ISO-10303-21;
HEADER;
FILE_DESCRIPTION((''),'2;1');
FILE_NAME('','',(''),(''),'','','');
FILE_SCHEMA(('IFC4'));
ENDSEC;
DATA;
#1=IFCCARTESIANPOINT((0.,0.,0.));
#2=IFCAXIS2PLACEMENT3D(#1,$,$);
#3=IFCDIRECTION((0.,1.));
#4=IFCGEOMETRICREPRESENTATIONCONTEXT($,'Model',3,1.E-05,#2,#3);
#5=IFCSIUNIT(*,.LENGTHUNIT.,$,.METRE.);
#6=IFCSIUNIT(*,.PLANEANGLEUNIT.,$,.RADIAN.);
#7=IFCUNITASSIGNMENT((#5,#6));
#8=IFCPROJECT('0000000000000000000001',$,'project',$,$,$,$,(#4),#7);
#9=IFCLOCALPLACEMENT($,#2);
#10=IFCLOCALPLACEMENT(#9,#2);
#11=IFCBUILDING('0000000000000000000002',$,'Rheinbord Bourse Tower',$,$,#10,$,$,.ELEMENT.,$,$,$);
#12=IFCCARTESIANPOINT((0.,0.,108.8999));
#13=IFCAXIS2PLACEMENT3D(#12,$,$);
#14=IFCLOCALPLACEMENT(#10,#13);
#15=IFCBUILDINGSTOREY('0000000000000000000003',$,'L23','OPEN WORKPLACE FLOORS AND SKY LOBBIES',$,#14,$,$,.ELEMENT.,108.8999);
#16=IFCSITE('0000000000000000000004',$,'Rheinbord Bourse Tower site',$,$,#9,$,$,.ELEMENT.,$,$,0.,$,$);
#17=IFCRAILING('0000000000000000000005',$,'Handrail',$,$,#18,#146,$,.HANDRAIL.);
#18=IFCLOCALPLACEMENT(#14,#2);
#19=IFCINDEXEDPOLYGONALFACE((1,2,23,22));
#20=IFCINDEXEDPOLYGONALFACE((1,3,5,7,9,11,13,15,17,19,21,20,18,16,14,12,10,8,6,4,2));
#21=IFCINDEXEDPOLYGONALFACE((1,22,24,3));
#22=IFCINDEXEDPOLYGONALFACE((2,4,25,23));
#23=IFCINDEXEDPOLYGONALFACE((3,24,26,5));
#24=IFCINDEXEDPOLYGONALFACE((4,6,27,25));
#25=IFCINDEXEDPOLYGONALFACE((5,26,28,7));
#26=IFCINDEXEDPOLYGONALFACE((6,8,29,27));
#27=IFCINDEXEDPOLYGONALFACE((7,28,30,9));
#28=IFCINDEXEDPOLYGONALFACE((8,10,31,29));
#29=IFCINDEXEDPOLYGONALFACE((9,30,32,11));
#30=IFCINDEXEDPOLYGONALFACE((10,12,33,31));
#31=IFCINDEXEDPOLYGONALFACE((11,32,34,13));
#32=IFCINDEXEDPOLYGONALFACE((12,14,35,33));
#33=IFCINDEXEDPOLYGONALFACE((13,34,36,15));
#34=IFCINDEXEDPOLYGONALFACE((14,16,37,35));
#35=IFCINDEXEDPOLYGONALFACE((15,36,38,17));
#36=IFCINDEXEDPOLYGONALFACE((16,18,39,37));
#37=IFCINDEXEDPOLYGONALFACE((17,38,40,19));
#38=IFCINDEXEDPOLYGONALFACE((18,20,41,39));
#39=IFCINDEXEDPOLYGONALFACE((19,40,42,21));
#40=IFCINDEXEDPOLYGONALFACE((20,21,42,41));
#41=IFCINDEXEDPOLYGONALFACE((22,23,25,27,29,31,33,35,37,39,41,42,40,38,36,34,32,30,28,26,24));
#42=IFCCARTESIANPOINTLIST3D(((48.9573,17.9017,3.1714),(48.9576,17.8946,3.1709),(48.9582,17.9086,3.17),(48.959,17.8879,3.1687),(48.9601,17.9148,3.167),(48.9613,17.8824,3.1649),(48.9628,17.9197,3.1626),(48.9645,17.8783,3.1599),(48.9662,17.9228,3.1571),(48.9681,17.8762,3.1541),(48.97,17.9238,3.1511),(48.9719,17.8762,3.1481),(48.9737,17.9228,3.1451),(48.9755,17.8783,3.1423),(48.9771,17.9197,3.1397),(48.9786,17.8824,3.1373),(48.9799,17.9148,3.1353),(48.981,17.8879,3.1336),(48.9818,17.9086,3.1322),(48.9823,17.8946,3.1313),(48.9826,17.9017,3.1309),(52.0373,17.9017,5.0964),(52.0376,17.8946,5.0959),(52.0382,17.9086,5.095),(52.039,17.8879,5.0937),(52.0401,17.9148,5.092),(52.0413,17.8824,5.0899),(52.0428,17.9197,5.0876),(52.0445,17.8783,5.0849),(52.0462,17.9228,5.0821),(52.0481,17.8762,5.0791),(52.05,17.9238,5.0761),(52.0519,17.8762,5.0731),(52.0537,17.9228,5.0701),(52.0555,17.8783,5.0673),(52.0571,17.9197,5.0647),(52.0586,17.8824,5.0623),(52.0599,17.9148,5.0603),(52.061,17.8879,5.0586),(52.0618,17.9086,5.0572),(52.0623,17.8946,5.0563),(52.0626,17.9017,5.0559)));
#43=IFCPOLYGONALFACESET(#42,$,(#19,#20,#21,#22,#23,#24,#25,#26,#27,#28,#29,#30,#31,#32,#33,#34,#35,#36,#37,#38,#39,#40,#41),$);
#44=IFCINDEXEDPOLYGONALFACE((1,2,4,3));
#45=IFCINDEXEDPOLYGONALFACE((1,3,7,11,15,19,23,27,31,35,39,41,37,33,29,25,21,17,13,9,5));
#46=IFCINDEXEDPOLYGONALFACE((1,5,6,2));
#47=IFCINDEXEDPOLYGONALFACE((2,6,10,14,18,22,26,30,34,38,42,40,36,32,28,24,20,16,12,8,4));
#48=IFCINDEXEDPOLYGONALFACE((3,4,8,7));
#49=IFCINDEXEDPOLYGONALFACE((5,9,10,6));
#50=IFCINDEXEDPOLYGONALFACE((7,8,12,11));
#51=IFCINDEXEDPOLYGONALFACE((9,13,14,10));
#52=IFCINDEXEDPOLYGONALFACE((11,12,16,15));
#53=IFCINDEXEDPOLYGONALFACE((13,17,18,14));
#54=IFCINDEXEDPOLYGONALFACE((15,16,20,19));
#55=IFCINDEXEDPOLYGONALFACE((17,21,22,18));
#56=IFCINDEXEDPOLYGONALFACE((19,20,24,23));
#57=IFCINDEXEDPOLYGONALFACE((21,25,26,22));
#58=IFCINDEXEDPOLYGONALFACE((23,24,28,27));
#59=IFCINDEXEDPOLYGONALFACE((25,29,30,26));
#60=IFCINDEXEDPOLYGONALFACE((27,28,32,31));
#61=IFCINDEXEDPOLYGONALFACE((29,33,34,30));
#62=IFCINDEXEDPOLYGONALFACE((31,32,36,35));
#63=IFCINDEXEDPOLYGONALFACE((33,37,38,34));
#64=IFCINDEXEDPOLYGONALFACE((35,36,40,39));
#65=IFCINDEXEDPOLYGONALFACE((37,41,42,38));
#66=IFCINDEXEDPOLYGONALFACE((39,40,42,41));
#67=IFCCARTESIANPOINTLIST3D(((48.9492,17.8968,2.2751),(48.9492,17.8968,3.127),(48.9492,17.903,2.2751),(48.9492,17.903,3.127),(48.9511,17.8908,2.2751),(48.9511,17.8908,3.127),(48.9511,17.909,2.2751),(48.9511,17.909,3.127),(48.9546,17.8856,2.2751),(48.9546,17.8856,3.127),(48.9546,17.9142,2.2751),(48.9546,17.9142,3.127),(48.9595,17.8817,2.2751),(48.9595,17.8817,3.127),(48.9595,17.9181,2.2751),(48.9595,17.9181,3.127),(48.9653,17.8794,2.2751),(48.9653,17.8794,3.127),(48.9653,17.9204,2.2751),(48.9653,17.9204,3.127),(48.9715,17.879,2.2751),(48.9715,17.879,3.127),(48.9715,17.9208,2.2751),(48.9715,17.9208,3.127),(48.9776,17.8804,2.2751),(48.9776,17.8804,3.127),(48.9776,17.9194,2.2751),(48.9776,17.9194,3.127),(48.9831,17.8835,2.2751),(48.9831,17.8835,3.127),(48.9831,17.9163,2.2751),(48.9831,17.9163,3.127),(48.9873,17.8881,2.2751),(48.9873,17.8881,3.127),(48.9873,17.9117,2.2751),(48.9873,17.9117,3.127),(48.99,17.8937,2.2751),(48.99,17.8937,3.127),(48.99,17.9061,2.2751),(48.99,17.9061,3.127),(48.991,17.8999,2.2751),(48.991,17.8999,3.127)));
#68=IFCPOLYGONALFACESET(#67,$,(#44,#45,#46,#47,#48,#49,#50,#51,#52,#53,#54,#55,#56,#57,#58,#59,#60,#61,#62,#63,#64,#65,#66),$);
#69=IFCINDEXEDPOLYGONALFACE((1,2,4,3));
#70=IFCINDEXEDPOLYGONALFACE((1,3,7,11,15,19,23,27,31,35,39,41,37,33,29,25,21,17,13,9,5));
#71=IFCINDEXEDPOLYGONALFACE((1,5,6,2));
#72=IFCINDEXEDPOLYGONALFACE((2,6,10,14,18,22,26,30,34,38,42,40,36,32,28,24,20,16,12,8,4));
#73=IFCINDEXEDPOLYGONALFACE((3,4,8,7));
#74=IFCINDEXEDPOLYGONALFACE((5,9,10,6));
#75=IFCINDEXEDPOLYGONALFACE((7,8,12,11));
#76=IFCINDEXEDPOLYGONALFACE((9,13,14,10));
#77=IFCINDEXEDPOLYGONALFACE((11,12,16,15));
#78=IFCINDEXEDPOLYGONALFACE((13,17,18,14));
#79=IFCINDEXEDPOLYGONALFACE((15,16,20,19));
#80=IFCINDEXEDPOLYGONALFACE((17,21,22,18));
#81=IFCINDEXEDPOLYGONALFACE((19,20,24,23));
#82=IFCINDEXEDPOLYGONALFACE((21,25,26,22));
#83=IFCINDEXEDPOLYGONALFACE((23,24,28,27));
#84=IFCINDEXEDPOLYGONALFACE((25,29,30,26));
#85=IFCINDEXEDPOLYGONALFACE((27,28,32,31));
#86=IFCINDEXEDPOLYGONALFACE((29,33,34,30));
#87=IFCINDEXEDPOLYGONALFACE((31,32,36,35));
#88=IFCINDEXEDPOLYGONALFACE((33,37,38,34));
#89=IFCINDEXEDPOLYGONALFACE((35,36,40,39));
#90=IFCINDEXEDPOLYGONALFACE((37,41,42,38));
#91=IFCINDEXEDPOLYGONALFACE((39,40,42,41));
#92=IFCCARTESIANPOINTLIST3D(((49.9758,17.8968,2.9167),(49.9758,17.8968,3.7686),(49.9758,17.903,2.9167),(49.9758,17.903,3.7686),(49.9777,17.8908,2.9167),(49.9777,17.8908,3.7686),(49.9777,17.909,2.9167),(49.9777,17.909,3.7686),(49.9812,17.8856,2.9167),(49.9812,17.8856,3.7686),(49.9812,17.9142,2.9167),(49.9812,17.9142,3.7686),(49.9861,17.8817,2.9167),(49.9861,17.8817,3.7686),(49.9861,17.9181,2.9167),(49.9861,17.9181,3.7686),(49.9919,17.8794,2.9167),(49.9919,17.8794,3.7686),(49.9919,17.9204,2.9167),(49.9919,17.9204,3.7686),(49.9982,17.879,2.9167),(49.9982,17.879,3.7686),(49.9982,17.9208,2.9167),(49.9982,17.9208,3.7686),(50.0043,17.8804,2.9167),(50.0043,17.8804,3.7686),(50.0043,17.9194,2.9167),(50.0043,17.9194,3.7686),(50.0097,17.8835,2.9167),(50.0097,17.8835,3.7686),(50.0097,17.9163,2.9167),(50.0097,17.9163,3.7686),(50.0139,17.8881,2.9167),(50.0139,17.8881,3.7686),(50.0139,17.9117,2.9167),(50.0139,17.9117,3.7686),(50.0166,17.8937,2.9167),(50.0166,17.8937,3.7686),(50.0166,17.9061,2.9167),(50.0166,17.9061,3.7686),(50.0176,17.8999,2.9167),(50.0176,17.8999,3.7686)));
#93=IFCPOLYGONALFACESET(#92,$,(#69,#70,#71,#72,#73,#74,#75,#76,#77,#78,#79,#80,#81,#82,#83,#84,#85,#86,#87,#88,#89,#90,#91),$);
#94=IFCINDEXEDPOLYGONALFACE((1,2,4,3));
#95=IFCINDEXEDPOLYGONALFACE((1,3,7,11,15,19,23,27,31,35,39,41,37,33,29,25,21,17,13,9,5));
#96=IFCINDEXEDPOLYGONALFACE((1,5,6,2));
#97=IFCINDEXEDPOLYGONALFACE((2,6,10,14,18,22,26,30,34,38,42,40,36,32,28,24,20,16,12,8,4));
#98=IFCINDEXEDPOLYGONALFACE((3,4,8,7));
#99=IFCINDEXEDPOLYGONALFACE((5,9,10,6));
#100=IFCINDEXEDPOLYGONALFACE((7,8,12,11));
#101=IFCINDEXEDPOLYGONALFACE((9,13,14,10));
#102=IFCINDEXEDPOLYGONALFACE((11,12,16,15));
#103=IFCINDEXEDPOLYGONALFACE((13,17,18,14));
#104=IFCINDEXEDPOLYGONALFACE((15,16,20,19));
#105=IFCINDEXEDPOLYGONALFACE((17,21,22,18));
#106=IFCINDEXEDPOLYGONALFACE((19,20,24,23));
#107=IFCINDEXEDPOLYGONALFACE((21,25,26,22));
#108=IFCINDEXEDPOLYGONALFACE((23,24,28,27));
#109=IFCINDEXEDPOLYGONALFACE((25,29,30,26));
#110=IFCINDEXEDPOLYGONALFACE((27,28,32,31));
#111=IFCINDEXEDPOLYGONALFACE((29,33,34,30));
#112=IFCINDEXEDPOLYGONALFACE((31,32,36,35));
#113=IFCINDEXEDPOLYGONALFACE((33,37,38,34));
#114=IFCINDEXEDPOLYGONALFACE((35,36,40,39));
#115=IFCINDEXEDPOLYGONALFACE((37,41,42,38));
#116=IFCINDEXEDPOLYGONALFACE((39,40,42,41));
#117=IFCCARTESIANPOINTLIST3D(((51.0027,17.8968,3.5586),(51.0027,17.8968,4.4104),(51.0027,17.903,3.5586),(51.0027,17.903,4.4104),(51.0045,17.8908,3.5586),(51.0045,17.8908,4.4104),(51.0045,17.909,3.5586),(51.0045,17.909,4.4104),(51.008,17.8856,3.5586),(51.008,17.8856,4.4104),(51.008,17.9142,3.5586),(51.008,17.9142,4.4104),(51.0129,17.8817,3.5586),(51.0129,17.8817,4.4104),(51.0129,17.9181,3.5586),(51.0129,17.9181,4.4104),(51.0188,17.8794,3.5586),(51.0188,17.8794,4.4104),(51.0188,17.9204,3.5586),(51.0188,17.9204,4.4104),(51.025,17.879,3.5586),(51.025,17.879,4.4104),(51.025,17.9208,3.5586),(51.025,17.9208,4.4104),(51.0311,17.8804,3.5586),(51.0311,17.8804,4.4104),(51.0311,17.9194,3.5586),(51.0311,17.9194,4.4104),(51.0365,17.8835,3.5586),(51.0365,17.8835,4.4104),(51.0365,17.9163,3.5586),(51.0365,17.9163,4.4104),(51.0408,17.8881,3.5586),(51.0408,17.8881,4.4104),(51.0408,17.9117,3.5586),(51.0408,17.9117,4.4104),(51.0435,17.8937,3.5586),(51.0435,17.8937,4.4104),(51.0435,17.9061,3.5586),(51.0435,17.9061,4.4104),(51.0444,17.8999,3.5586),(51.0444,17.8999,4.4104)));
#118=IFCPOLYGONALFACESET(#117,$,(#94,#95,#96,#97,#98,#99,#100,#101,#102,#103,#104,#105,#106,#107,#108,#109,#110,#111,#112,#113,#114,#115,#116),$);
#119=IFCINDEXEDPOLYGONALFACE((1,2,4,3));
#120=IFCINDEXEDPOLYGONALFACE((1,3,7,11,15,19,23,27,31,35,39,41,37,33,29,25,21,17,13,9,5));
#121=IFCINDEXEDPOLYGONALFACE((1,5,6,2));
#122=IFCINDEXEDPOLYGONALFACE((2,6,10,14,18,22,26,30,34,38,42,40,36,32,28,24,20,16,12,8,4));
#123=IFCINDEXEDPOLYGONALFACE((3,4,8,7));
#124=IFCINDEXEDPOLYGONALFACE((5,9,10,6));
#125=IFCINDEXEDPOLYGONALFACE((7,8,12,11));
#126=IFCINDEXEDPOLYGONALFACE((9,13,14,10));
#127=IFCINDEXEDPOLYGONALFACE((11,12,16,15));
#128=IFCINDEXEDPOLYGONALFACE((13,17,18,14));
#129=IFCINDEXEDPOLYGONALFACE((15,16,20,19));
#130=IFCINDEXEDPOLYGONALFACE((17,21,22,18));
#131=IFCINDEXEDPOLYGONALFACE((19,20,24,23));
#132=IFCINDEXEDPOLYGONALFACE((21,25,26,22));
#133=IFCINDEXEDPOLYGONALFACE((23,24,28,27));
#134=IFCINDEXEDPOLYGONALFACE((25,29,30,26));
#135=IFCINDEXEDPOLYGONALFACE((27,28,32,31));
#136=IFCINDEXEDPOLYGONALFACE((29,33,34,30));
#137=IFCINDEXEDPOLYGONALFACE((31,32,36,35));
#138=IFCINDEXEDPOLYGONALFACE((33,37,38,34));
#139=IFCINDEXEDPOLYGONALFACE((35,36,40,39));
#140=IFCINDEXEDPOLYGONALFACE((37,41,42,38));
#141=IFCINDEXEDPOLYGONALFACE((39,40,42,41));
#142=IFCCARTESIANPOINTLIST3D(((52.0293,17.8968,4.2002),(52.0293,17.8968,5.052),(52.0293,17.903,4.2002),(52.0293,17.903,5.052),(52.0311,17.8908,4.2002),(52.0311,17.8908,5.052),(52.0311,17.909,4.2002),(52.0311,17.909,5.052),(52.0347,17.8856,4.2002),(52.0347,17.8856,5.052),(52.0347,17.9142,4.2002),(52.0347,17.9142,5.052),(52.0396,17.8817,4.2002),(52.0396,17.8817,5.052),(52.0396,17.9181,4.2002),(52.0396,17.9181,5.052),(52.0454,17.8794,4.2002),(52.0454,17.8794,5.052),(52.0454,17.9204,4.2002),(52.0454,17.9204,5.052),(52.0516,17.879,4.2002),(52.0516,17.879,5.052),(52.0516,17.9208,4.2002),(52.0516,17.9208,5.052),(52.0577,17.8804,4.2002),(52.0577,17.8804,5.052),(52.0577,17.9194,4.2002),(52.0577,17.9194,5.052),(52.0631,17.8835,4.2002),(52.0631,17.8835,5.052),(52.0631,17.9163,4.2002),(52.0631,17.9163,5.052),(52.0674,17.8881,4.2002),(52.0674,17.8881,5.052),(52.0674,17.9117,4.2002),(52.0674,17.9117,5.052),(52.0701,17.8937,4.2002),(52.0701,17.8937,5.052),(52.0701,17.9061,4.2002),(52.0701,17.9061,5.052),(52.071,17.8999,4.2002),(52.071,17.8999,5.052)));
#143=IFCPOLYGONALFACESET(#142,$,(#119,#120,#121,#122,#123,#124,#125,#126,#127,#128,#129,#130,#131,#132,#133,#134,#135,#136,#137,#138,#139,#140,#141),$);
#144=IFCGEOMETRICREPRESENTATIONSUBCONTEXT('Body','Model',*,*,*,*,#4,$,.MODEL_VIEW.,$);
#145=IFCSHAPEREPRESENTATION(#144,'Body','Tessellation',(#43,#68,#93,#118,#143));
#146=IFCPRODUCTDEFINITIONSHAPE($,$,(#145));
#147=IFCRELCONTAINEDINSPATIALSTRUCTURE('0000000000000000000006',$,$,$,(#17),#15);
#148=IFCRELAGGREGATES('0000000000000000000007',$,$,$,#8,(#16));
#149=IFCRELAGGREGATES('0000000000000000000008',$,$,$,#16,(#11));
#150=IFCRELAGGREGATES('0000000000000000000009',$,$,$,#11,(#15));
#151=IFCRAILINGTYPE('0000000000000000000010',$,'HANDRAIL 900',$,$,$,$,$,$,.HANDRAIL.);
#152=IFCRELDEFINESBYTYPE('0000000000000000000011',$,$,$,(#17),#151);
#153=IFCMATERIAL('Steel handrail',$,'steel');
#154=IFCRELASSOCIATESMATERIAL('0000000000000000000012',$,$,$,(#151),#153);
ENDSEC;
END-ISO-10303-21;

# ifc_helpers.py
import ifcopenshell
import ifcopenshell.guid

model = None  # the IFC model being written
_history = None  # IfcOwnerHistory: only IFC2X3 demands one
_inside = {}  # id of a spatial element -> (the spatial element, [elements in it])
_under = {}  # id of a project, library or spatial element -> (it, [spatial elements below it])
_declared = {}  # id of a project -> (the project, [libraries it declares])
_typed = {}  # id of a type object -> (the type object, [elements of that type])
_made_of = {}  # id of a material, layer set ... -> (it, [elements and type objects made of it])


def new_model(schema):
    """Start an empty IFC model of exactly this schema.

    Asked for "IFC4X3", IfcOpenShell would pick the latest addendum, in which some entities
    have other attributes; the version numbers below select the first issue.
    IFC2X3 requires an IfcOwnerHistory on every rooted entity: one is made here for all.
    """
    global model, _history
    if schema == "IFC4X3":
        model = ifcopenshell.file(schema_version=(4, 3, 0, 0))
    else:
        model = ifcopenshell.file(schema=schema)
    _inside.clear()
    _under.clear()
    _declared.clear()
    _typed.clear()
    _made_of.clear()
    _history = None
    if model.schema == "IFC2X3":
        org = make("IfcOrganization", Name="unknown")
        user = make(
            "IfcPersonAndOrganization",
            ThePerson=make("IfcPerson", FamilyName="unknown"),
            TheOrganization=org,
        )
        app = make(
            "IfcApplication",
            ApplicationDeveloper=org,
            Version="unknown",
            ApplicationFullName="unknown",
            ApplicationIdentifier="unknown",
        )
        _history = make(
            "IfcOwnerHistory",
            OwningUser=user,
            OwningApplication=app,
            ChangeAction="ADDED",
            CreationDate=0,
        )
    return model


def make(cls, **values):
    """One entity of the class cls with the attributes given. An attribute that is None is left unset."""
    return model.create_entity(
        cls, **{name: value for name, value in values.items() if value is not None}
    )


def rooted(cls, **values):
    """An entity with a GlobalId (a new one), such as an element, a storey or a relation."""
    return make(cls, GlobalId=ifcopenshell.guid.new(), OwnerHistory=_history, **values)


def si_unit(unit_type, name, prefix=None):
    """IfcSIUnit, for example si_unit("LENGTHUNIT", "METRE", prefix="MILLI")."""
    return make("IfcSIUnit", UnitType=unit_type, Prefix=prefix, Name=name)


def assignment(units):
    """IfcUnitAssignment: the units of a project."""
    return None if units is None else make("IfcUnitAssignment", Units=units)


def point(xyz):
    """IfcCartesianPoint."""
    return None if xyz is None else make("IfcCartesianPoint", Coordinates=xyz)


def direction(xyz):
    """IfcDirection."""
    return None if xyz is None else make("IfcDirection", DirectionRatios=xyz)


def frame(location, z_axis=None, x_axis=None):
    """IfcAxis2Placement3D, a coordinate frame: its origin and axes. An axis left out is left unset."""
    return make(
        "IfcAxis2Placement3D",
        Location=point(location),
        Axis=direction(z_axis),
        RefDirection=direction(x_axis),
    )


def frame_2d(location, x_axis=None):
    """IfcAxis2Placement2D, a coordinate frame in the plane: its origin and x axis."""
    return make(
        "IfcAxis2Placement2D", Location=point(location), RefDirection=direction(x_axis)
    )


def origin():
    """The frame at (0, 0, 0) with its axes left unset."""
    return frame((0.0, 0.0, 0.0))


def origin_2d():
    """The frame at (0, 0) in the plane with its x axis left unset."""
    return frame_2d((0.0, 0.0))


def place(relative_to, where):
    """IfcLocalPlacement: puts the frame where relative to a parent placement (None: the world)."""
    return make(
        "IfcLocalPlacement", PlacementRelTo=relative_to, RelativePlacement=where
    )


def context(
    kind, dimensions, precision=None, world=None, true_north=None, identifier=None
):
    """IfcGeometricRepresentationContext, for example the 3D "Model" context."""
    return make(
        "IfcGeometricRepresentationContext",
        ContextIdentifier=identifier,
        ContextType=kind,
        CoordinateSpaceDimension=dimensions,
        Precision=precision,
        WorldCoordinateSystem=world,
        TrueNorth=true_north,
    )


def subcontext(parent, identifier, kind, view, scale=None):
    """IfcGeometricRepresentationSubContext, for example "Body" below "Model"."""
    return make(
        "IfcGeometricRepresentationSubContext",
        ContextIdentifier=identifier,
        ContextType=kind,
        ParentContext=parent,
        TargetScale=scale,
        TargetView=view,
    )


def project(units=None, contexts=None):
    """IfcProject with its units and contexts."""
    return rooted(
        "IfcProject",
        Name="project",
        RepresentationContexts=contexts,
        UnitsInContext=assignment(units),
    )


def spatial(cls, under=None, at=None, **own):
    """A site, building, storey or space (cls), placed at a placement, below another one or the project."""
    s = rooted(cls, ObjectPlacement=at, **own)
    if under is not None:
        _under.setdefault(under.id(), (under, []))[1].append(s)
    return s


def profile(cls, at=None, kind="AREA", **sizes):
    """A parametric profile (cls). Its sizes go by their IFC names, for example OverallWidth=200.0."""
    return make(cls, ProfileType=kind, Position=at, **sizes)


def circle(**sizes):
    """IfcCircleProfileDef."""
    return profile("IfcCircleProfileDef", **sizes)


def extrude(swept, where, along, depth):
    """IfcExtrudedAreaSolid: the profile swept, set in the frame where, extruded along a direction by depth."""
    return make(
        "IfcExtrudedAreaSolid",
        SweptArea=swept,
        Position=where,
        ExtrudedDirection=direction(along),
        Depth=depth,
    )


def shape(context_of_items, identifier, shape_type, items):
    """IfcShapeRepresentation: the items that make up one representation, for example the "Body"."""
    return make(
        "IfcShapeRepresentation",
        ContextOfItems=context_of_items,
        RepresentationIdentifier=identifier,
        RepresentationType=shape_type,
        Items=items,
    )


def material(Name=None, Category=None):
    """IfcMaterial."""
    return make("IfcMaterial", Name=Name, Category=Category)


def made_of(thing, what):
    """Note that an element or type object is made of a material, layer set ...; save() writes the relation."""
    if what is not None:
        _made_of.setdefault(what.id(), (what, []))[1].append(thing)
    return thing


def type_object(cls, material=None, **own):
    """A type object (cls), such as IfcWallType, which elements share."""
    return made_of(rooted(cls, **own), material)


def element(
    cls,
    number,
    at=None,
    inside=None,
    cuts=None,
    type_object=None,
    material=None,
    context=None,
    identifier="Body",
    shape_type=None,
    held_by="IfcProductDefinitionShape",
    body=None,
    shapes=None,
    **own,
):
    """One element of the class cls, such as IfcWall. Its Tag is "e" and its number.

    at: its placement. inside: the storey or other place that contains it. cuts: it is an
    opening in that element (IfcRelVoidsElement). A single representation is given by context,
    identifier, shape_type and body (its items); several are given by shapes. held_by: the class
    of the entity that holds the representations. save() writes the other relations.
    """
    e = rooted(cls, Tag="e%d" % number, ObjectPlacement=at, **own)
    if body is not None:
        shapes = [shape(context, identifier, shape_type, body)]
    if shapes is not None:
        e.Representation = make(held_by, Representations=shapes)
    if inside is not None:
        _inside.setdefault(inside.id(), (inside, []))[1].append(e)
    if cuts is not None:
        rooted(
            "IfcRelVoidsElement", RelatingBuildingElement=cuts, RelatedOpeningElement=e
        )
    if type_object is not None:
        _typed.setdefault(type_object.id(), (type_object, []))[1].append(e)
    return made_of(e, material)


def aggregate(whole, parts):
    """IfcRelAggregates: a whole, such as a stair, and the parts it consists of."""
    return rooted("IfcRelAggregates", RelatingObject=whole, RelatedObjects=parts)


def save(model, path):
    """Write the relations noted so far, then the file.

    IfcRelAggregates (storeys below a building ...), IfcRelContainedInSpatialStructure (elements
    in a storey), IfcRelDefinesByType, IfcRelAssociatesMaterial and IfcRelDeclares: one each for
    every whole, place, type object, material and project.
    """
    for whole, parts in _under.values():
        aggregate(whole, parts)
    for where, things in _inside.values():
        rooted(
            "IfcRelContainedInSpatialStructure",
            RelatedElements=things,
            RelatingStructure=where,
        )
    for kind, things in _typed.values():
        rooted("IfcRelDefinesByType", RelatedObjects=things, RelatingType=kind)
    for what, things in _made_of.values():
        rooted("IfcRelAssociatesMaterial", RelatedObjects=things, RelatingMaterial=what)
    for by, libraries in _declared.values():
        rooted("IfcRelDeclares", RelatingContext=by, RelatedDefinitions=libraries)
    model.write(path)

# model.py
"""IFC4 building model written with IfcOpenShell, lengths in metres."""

from ifc_helpers import new_model, si_unit, direction, frame, origin, origin_2d, place, context, subcontext, project, spatial, circle, extrude, material, type_object, element, save


model = new_model("IFC4")

# Units and contexts
model_context = context("Model", 3, precision=1e-05, world=origin(), true_north=direction((0.0, 1.0)))
body_context = subcontext(model_context, "Body", "Model", "MODEL_VIEW")
ifc_project = project(units=[si_unit("LENGTHUNIT", "METRE"), si_unit("PLANEANGLEUNIT", "RADIAN")], contexts=[model_context])

# Site, building, storey
site_placement = place(None, origin())
site = spatial("IfcSite", under=ifc_project, at=site_placement, Name="Rheinbord Bourse Tower site", CompositionType="ELEMENT", RefElevation=0.0)
building_placement = place(site_placement, origin())
building = spatial("IfcBuilding", under=site, at=building_placement, Name="Rheinbord Bourse Tower", CompositionType="ELEMENT")
storey_placement = place(building_placement, frame((0.0, 0.0, 108.8999)))
storey = spatial("IfcBuildingStorey", under=building, at=storey_placement, Name="L23", Description="OPEN WORKPLACE FLOORS AND SKY LOBBIES", CompositionType="ELEMENT", Elevation=108.8999)

# Railing
ifc_material_1 = material(Name="Steel handrail", Category="steel")
railing_type = type_object("IfcRailingType", Name="HANDRAIL 900", PredefinedType="HANDRAIL", material=ifc_material_1)
railing_1_placement = place(storey_placement, frame((48.97, 17.8999, 2.2751)))
element("IfcRailing", 1, at=railing_1_placement, inside=storey, type_object=railing_type, Name="Handrail", PredefinedType="HANDRAIL", context=body_context, shape_type="SweptSolid", body=[
    extrude(circle(Radius=0.0239, at=origin_2d()), frame((0.0, 0.0, 0.876), z_axis=(0.847998, 0.0, 0.529999), x_axis=(0.0, 1.0, 0.0)), (0.0, 0.0, 1.0), 3.6321),
    extrude(circle(Radius=0.021, at=origin_2d()), origin(), (0.0, 0.0, 1.0), 0.8518),
    extrude(circle(Radius=0.021, at=origin_2d()), frame((1.0266, 0.0, 0.6416)), (0.0, 0.0, 1.0), 0.8518),
    extrude(circle(Radius=0.021, at=origin_2d()), frame((2.0535, 0.0, 1.2834)), (0.0, 0.0, 1.0), 0.8518),
    extrude(circle(Radius=0.021, at=origin_2d()), frame((3.0801, 0.0, 1.925)), (0.0, 0.0, 1.0), 0.8518),
])

save(model, "model.ifc")
